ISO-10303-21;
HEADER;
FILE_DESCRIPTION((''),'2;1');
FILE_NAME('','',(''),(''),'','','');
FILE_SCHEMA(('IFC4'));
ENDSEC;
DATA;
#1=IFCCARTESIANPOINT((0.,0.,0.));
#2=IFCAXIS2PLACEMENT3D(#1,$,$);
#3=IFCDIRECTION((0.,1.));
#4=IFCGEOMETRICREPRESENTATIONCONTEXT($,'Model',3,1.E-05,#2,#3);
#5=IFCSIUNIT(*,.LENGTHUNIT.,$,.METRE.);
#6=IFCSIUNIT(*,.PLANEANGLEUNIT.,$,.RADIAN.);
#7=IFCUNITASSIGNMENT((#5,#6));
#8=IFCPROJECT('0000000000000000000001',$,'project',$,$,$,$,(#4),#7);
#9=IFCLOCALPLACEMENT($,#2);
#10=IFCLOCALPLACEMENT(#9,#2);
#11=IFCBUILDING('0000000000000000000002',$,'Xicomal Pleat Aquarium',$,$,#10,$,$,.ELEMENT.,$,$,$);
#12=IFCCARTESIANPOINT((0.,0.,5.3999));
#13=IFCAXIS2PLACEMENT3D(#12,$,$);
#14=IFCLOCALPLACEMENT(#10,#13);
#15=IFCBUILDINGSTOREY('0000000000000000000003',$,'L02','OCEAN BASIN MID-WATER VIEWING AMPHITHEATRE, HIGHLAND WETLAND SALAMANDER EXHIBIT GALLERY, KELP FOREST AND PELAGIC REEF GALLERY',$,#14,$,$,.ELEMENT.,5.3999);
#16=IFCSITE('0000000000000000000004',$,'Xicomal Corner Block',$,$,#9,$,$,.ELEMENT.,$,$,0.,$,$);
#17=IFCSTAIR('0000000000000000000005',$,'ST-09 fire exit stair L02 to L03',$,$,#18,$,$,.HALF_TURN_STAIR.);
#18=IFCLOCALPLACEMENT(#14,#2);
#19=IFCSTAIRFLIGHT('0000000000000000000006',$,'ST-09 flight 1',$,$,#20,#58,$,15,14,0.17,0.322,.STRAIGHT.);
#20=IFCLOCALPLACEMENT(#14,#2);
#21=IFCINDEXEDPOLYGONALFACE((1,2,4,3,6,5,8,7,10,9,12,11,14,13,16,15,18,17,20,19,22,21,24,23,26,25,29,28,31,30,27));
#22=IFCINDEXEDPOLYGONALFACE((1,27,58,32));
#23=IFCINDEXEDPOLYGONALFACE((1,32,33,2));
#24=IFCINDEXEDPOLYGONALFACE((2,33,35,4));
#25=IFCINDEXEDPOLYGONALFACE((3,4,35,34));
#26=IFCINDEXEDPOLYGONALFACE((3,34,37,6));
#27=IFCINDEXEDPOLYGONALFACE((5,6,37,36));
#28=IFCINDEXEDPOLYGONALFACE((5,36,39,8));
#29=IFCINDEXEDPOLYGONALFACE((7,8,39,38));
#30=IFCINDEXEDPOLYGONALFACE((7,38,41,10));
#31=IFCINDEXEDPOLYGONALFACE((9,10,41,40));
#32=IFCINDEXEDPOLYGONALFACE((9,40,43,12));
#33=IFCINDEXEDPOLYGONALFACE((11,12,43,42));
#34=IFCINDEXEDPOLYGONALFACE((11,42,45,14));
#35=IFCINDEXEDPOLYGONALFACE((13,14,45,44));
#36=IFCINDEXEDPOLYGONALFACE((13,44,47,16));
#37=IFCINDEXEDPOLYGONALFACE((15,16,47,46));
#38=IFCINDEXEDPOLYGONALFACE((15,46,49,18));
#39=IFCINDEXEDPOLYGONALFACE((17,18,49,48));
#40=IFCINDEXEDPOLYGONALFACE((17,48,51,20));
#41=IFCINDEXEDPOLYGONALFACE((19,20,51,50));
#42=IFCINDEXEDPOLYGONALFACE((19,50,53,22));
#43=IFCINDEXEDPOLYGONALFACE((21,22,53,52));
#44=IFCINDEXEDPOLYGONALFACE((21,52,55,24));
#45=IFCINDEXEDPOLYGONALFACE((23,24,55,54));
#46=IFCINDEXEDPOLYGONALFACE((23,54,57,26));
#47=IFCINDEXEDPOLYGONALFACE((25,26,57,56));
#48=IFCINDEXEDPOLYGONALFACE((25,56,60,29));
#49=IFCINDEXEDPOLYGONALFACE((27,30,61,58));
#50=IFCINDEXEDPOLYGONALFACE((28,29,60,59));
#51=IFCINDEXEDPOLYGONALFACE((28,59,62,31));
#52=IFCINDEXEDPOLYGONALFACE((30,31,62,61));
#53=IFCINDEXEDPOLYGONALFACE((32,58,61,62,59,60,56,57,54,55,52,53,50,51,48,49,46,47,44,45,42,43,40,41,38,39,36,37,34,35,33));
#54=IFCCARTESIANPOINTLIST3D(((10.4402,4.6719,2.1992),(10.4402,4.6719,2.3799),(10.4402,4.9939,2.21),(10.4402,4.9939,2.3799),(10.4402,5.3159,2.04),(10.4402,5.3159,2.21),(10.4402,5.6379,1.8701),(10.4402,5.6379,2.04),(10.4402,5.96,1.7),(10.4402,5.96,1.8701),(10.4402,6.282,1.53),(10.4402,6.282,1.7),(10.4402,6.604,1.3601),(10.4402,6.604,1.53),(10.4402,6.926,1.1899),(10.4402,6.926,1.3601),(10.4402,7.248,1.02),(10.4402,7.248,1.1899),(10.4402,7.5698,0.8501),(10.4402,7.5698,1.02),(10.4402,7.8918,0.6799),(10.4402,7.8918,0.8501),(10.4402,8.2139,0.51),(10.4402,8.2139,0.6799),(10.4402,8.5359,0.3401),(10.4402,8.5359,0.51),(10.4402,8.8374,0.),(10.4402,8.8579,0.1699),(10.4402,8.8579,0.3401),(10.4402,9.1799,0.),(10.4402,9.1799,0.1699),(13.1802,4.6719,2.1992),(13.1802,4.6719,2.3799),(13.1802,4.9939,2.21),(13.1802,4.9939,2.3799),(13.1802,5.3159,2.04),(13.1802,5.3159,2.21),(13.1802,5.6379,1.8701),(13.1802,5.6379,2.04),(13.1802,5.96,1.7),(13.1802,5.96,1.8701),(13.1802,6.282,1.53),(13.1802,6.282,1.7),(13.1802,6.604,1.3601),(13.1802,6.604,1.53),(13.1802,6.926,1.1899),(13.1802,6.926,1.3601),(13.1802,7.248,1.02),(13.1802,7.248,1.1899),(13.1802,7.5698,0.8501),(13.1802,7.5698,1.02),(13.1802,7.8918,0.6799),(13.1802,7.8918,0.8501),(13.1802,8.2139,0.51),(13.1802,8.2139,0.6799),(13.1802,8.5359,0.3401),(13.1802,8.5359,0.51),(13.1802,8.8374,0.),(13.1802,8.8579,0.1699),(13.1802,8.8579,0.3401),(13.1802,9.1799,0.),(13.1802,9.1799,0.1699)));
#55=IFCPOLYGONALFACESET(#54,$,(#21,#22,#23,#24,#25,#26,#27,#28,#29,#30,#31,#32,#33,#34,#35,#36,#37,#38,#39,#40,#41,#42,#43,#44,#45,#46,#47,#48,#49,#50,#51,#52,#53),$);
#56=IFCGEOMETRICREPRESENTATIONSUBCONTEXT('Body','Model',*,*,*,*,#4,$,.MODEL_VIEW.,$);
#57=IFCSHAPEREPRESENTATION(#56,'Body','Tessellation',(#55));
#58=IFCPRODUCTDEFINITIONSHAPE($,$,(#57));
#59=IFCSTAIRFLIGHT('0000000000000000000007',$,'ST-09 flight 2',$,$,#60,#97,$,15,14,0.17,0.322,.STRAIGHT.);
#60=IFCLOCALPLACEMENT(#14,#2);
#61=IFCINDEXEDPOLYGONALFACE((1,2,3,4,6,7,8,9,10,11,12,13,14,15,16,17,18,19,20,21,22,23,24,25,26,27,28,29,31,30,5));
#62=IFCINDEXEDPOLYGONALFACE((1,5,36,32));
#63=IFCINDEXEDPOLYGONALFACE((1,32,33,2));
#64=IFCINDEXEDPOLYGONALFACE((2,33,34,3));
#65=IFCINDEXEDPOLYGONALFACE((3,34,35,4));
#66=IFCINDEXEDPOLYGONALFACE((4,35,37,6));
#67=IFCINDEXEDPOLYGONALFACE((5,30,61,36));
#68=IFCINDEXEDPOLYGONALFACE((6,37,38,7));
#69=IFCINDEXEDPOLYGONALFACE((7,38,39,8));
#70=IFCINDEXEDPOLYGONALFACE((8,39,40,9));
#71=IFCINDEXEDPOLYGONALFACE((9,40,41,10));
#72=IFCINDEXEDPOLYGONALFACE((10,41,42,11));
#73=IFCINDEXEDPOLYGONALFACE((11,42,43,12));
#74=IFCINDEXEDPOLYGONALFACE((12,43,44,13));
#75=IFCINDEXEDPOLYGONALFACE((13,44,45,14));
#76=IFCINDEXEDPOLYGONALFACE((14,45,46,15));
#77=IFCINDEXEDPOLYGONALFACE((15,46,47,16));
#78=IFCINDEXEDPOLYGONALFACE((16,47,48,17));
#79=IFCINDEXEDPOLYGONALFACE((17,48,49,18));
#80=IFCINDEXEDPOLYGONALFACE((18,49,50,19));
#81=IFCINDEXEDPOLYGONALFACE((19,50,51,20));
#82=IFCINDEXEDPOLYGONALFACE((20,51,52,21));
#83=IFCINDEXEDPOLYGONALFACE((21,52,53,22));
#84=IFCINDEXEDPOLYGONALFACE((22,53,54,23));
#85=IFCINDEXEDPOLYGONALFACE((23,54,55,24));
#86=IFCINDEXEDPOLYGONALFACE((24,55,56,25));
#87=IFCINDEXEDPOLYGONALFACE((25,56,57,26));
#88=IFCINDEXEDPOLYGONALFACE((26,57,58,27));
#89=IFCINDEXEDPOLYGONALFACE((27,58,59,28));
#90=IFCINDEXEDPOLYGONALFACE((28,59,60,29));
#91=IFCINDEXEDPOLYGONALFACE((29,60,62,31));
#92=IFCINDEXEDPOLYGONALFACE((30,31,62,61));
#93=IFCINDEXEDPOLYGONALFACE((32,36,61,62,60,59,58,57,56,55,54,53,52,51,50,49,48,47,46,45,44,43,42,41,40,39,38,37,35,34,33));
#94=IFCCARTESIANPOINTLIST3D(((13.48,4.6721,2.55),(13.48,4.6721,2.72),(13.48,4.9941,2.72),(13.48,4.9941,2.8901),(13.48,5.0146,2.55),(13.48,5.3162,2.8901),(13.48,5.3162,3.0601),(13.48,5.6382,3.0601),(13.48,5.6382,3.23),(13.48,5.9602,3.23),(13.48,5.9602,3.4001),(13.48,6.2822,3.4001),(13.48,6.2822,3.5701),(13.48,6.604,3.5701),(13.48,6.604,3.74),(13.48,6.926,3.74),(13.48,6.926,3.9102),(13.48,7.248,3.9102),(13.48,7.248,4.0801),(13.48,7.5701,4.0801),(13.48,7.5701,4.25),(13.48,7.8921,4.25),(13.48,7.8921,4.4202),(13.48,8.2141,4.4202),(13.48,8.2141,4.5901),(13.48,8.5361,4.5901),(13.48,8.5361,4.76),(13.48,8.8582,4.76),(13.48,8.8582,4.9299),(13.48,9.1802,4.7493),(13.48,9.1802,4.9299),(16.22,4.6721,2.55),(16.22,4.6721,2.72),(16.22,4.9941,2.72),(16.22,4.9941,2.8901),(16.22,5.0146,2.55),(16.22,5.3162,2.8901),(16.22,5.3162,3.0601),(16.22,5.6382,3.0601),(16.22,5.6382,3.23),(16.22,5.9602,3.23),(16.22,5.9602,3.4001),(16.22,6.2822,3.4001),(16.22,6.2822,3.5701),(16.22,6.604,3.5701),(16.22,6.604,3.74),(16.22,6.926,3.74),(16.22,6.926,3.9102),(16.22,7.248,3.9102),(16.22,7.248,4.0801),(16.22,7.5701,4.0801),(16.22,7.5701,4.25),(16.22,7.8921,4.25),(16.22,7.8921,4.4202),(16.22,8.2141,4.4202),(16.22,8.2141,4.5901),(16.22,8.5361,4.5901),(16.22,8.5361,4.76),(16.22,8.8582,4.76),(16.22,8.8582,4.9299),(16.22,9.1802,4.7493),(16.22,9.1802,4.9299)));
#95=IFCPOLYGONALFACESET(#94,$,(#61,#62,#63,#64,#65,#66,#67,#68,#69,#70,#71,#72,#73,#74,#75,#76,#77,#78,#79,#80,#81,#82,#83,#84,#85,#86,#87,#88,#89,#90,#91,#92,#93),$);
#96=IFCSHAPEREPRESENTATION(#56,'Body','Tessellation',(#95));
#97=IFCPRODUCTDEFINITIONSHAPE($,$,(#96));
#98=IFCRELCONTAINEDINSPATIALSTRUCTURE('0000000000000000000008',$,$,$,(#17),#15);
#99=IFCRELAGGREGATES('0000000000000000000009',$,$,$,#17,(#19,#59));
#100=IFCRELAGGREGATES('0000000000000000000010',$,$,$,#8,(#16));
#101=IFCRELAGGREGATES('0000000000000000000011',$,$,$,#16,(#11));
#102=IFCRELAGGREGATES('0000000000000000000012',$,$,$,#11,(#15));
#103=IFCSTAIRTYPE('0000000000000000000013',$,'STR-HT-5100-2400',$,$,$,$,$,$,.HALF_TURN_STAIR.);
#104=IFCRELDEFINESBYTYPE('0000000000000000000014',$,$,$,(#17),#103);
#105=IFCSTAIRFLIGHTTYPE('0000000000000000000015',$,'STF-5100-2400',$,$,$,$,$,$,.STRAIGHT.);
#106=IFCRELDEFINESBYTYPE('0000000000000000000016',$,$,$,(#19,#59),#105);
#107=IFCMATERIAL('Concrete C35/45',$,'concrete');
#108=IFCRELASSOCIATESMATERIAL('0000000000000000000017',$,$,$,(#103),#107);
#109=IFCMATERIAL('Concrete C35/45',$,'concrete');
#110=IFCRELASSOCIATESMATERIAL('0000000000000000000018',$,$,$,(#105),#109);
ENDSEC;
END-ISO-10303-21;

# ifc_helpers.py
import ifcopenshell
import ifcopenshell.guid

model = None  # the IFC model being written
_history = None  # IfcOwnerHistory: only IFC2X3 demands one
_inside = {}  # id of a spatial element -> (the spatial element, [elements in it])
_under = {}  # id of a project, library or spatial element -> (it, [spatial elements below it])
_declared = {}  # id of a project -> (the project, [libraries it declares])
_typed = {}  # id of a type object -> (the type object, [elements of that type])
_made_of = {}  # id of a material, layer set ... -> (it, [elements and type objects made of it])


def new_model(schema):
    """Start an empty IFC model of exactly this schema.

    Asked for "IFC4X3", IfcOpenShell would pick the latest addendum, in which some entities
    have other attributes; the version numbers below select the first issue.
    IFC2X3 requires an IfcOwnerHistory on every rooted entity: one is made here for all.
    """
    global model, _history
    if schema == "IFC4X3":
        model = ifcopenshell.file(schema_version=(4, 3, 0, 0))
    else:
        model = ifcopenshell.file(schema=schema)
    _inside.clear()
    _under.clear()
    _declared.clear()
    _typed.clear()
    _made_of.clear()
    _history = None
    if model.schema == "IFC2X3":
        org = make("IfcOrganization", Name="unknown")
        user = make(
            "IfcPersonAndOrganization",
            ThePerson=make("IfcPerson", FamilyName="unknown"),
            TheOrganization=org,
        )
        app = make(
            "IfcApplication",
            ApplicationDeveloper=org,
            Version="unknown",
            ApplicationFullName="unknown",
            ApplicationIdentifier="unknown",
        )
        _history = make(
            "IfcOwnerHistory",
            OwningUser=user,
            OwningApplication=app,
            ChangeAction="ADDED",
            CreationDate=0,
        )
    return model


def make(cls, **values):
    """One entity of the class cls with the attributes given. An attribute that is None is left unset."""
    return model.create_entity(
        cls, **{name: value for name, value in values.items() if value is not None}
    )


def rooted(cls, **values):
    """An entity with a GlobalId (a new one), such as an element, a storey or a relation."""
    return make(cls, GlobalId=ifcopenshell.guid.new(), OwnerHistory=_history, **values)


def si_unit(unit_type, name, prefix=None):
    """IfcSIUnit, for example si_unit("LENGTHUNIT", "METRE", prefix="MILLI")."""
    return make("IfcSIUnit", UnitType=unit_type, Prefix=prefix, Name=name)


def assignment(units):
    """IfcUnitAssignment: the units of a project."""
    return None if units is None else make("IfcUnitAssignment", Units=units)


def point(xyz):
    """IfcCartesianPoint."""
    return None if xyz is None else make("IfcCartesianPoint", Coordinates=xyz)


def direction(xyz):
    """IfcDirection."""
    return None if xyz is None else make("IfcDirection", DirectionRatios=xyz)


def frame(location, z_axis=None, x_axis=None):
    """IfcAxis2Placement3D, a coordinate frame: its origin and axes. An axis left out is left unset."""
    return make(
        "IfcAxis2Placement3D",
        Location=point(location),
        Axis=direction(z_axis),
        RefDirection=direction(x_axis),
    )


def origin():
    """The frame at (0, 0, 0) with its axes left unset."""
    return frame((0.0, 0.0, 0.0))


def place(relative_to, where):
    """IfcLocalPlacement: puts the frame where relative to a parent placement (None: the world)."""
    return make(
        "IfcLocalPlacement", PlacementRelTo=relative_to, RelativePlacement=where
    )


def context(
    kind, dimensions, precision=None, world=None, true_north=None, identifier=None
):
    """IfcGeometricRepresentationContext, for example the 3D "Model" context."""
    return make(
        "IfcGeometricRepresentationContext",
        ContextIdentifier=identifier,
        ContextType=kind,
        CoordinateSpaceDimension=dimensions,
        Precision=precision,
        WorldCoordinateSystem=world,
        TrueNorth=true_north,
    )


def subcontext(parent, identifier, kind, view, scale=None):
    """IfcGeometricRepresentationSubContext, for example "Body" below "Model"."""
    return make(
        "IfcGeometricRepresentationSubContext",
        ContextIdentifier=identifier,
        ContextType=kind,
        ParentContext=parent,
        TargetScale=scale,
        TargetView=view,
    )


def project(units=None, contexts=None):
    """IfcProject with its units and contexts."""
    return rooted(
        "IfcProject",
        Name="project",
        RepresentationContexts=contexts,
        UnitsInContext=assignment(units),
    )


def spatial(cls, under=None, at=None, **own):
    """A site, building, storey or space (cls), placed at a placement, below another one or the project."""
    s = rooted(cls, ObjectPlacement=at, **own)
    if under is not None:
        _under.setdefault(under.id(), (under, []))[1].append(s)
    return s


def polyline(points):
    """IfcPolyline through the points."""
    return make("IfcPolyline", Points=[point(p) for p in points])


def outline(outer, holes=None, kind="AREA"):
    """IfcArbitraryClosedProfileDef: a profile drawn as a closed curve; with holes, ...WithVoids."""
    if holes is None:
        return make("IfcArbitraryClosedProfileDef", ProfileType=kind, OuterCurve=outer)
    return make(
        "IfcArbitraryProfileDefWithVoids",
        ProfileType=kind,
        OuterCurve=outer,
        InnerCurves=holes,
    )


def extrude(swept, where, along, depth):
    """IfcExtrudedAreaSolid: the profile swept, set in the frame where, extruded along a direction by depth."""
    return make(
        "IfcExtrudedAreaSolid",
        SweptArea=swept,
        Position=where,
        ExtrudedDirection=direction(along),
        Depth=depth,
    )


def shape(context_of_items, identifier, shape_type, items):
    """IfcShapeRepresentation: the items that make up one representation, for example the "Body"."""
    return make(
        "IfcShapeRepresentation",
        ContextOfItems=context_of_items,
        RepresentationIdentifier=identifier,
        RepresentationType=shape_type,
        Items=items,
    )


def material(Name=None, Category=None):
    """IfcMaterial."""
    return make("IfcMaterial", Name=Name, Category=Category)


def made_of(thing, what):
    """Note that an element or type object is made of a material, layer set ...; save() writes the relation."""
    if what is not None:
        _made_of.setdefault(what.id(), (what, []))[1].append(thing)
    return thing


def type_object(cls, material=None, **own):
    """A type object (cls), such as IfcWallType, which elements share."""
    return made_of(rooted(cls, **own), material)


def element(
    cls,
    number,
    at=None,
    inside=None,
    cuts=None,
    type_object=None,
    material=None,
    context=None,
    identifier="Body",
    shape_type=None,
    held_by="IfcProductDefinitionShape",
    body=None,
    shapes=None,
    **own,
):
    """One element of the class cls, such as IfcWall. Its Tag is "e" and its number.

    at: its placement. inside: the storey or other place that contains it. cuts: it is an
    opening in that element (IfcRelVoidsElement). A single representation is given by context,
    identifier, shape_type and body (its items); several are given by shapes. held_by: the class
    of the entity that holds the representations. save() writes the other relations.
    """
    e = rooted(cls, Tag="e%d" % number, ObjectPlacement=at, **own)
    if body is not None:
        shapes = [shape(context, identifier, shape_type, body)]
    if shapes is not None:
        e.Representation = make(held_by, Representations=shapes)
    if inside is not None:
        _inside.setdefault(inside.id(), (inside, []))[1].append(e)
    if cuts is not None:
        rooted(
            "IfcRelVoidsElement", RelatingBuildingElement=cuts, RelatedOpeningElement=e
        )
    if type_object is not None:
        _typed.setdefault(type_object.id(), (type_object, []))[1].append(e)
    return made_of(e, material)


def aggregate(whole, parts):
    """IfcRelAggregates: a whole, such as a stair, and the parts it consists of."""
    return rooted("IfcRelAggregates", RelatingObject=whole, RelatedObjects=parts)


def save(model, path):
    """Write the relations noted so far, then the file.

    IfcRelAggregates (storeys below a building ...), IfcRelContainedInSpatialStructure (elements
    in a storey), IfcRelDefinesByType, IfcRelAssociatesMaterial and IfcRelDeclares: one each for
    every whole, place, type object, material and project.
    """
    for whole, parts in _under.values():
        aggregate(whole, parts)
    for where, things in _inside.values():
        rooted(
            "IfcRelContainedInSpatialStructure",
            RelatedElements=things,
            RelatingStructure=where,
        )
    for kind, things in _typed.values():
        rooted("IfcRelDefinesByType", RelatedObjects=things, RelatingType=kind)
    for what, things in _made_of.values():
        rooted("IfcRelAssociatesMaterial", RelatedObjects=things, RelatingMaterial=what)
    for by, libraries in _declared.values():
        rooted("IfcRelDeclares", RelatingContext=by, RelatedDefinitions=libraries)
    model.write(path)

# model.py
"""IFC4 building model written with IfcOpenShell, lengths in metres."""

from ifc_helpers import new_model, si_unit, direction, frame, origin, place, context, subcontext, project, spatial, polyline, outline, extrude, material, type_object, element, aggregate, save


model = new_model("IFC4")

# Units and contexts
model_context = context("Model", 3, precision=1e-05, world=origin(), true_north=direction((0.0, 1.0)))
body_context = subcontext(model_context, "Body", "Model", "MODEL_VIEW")
ifc_project = project(units=[si_unit("LENGTHUNIT", "METRE"), si_unit("PLANEANGLEUNIT", "RADIAN")], contexts=[model_context])

# Site, building, storey
site_placement = place(None, origin())
site = spatial("IfcSite", under=ifc_project, at=site_placement, Name="Xicomal Corner Block", CompositionType="ELEMENT", RefElevation=0.0)
building_placement = place(site_placement, origin())
building = spatial("IfcBuilding", under=site, at=building_placement, Name="Xicomal Pleat Aquarium", CompositionType="ELEMENT")
storey_placement = place(building_placement, frame((0.0, 0.0, 5.3999)))
storey = spatial("IfcBuildingStorey", under=building, at=storey_placement, Name="L02", Description="OCEAN BASIN MID-WATER VIEWING AMPHITHEATRE, HIGHLAND WETLAND SALAMANDER EXHIBIT GALLERY, KELP FOREST AND PELAGIC REEF GALLERY", CompositionType="ELEMENT", Elevation=5.3999)

# Stair, stair flights
ifc_material_1 = material(Name="Concrete C35/45", Category="concrete")
stair_type = type_object("IfcStairType", Name="STR-HT-5100-2400", PredefinedType="HALF_TURN_STAIR", material=ifc_material_1)
stair_placement = place(storey_placement, origin())
stair = element("IfcStair", 1, at=stair_placement, inside=storey, type_object=stair_type, Name="ST-09 fire exit stair L02 to L03", PredefinedType="HALF_TURN_STAIR")
ifc_material_2 = material(Name="Concrete C35/45", Category="concrete")
stair_flight_type = type_object("IfcStairFlightType", Name="STF-5100-2400", PredefinedType="STRAIGHT", material=ifc_material_2)
stair_flight_1_placement = place(storey_placement, frame((11.8101, 9.1799, 0.0), z_axis=(0.0, 0.0, 1.0), x_axis=(0.0, -1.0, 0.0)))
stair_flight_1 = element("IfcStairFlight", 2, at=stair_flight_1_placement, type_object=stair_flight_type, Name="ST-09 flight 1", NumberOfRisers=15, NumberOfTreads=14, PredefinedType="STRAIGHT", RiserHeight=0.17, TreadLength=0.322, context=body_context, shape_type="SweptSolid", body=[
    extrude(outline(polyline([(0.0, 0.0), (0.0, 0.1699), (0.322, 0.1699), (0.322, 0.3401), (0.644, 0.3401), (0.644, 0.51), (0.9661, 0.51), (0.9661, 0.6799), (1.2881, 0.6799), (1.2881, 0.8501), (1.6101, 0.8501), (1.6101, 1.02), (1.9319, 1.02), (1.9319, 1.1899), (2.2539, 1.1899), (2.2539, 1.3601), (2.5759, 1.3601), (2.5759, 1.53), (2.8979, 1.53), (2.8979, 1.7), (3.22, 1.7), (3.22, 1.8701), (3.542, 1.8701), (3.542, 2.04), (3.864, 2.04), (3.864, 2.21), (4.186, 2.21), (4.186, 2.3799), (4.5081, 2.3799), (4.5081, 2.55), (4.5081, 2.1992), (0.3425, 0.0), (0.0, 0.0)])), frame((0.0, 1.3701, 0.0), z_axis=(0.0, -1.0, 0.0), x_axis=(1.0, 0.0, 0.0)), (0.0, 0.0, 1.0), 2.74),
])
stair_flight_2_placement = place(storey_placement, frame((14.8501, 4.6721, 2.55), z_axis=(0.0, 0.0, 1.0), x_axis=(0.0, 1.0, 0.0)))
stair_flight_2 = element("IfcStairFlight", 3, at=stair_flight_2_placement, type_object=stair_flight_type, Name="ST-09 flight 2", NumberOfRisers=15, NumberOfTreads=14, PredefinedType="STRAIGHT", RiserHeight=0.17, TreadLength=0.322, context=body_context, shape_type="SweptSolid", body=[
    extrude(outline(polyline([(0.0, 0.0), (0.0, 0.1699), (0.322, 0.1699), (0.322, 0.3401), (0.644, 0.3401), (0.644, 0.51), (0.9661, 0.51), (0.9661, 0.6799), (1.2881, 0.6799), (1.2881, 0.8501), (1.6101, 0.8501), (1.6101, 1.02), (1.9319, 1.02), (1.9319, 1.1899), (2.2539, 1.1899), (2.2539, 1.3601), (2.5759, 1.3601), (2.5759, 1.53), (2.8979, 1.53), (2.8979, 1.7), (3.22, 1.7), (3.22, 1.8701), (3.542, 1.8701), (3.542, 2.04), (3.864, 2.04), (3.864, 2.21), (4.186, 2.21), (4.186, 2.3799), (4.5081, 2.3799), (4.5081, 2.55), (4.5081, 2.1992), (0.3425, 0.0), (0.0, 0.0)])), frame((0.0, 1.3701, 0.0), z_axis=(0.0, -1.0, 0.0), x_axis=(1.0, 0.0, 0.0)), (0.0, 0.0, 1.0), 2.74),
])
aggregate(stair, [stair_flight_1, stair_flight_2])

save(model, "model.ifc")
